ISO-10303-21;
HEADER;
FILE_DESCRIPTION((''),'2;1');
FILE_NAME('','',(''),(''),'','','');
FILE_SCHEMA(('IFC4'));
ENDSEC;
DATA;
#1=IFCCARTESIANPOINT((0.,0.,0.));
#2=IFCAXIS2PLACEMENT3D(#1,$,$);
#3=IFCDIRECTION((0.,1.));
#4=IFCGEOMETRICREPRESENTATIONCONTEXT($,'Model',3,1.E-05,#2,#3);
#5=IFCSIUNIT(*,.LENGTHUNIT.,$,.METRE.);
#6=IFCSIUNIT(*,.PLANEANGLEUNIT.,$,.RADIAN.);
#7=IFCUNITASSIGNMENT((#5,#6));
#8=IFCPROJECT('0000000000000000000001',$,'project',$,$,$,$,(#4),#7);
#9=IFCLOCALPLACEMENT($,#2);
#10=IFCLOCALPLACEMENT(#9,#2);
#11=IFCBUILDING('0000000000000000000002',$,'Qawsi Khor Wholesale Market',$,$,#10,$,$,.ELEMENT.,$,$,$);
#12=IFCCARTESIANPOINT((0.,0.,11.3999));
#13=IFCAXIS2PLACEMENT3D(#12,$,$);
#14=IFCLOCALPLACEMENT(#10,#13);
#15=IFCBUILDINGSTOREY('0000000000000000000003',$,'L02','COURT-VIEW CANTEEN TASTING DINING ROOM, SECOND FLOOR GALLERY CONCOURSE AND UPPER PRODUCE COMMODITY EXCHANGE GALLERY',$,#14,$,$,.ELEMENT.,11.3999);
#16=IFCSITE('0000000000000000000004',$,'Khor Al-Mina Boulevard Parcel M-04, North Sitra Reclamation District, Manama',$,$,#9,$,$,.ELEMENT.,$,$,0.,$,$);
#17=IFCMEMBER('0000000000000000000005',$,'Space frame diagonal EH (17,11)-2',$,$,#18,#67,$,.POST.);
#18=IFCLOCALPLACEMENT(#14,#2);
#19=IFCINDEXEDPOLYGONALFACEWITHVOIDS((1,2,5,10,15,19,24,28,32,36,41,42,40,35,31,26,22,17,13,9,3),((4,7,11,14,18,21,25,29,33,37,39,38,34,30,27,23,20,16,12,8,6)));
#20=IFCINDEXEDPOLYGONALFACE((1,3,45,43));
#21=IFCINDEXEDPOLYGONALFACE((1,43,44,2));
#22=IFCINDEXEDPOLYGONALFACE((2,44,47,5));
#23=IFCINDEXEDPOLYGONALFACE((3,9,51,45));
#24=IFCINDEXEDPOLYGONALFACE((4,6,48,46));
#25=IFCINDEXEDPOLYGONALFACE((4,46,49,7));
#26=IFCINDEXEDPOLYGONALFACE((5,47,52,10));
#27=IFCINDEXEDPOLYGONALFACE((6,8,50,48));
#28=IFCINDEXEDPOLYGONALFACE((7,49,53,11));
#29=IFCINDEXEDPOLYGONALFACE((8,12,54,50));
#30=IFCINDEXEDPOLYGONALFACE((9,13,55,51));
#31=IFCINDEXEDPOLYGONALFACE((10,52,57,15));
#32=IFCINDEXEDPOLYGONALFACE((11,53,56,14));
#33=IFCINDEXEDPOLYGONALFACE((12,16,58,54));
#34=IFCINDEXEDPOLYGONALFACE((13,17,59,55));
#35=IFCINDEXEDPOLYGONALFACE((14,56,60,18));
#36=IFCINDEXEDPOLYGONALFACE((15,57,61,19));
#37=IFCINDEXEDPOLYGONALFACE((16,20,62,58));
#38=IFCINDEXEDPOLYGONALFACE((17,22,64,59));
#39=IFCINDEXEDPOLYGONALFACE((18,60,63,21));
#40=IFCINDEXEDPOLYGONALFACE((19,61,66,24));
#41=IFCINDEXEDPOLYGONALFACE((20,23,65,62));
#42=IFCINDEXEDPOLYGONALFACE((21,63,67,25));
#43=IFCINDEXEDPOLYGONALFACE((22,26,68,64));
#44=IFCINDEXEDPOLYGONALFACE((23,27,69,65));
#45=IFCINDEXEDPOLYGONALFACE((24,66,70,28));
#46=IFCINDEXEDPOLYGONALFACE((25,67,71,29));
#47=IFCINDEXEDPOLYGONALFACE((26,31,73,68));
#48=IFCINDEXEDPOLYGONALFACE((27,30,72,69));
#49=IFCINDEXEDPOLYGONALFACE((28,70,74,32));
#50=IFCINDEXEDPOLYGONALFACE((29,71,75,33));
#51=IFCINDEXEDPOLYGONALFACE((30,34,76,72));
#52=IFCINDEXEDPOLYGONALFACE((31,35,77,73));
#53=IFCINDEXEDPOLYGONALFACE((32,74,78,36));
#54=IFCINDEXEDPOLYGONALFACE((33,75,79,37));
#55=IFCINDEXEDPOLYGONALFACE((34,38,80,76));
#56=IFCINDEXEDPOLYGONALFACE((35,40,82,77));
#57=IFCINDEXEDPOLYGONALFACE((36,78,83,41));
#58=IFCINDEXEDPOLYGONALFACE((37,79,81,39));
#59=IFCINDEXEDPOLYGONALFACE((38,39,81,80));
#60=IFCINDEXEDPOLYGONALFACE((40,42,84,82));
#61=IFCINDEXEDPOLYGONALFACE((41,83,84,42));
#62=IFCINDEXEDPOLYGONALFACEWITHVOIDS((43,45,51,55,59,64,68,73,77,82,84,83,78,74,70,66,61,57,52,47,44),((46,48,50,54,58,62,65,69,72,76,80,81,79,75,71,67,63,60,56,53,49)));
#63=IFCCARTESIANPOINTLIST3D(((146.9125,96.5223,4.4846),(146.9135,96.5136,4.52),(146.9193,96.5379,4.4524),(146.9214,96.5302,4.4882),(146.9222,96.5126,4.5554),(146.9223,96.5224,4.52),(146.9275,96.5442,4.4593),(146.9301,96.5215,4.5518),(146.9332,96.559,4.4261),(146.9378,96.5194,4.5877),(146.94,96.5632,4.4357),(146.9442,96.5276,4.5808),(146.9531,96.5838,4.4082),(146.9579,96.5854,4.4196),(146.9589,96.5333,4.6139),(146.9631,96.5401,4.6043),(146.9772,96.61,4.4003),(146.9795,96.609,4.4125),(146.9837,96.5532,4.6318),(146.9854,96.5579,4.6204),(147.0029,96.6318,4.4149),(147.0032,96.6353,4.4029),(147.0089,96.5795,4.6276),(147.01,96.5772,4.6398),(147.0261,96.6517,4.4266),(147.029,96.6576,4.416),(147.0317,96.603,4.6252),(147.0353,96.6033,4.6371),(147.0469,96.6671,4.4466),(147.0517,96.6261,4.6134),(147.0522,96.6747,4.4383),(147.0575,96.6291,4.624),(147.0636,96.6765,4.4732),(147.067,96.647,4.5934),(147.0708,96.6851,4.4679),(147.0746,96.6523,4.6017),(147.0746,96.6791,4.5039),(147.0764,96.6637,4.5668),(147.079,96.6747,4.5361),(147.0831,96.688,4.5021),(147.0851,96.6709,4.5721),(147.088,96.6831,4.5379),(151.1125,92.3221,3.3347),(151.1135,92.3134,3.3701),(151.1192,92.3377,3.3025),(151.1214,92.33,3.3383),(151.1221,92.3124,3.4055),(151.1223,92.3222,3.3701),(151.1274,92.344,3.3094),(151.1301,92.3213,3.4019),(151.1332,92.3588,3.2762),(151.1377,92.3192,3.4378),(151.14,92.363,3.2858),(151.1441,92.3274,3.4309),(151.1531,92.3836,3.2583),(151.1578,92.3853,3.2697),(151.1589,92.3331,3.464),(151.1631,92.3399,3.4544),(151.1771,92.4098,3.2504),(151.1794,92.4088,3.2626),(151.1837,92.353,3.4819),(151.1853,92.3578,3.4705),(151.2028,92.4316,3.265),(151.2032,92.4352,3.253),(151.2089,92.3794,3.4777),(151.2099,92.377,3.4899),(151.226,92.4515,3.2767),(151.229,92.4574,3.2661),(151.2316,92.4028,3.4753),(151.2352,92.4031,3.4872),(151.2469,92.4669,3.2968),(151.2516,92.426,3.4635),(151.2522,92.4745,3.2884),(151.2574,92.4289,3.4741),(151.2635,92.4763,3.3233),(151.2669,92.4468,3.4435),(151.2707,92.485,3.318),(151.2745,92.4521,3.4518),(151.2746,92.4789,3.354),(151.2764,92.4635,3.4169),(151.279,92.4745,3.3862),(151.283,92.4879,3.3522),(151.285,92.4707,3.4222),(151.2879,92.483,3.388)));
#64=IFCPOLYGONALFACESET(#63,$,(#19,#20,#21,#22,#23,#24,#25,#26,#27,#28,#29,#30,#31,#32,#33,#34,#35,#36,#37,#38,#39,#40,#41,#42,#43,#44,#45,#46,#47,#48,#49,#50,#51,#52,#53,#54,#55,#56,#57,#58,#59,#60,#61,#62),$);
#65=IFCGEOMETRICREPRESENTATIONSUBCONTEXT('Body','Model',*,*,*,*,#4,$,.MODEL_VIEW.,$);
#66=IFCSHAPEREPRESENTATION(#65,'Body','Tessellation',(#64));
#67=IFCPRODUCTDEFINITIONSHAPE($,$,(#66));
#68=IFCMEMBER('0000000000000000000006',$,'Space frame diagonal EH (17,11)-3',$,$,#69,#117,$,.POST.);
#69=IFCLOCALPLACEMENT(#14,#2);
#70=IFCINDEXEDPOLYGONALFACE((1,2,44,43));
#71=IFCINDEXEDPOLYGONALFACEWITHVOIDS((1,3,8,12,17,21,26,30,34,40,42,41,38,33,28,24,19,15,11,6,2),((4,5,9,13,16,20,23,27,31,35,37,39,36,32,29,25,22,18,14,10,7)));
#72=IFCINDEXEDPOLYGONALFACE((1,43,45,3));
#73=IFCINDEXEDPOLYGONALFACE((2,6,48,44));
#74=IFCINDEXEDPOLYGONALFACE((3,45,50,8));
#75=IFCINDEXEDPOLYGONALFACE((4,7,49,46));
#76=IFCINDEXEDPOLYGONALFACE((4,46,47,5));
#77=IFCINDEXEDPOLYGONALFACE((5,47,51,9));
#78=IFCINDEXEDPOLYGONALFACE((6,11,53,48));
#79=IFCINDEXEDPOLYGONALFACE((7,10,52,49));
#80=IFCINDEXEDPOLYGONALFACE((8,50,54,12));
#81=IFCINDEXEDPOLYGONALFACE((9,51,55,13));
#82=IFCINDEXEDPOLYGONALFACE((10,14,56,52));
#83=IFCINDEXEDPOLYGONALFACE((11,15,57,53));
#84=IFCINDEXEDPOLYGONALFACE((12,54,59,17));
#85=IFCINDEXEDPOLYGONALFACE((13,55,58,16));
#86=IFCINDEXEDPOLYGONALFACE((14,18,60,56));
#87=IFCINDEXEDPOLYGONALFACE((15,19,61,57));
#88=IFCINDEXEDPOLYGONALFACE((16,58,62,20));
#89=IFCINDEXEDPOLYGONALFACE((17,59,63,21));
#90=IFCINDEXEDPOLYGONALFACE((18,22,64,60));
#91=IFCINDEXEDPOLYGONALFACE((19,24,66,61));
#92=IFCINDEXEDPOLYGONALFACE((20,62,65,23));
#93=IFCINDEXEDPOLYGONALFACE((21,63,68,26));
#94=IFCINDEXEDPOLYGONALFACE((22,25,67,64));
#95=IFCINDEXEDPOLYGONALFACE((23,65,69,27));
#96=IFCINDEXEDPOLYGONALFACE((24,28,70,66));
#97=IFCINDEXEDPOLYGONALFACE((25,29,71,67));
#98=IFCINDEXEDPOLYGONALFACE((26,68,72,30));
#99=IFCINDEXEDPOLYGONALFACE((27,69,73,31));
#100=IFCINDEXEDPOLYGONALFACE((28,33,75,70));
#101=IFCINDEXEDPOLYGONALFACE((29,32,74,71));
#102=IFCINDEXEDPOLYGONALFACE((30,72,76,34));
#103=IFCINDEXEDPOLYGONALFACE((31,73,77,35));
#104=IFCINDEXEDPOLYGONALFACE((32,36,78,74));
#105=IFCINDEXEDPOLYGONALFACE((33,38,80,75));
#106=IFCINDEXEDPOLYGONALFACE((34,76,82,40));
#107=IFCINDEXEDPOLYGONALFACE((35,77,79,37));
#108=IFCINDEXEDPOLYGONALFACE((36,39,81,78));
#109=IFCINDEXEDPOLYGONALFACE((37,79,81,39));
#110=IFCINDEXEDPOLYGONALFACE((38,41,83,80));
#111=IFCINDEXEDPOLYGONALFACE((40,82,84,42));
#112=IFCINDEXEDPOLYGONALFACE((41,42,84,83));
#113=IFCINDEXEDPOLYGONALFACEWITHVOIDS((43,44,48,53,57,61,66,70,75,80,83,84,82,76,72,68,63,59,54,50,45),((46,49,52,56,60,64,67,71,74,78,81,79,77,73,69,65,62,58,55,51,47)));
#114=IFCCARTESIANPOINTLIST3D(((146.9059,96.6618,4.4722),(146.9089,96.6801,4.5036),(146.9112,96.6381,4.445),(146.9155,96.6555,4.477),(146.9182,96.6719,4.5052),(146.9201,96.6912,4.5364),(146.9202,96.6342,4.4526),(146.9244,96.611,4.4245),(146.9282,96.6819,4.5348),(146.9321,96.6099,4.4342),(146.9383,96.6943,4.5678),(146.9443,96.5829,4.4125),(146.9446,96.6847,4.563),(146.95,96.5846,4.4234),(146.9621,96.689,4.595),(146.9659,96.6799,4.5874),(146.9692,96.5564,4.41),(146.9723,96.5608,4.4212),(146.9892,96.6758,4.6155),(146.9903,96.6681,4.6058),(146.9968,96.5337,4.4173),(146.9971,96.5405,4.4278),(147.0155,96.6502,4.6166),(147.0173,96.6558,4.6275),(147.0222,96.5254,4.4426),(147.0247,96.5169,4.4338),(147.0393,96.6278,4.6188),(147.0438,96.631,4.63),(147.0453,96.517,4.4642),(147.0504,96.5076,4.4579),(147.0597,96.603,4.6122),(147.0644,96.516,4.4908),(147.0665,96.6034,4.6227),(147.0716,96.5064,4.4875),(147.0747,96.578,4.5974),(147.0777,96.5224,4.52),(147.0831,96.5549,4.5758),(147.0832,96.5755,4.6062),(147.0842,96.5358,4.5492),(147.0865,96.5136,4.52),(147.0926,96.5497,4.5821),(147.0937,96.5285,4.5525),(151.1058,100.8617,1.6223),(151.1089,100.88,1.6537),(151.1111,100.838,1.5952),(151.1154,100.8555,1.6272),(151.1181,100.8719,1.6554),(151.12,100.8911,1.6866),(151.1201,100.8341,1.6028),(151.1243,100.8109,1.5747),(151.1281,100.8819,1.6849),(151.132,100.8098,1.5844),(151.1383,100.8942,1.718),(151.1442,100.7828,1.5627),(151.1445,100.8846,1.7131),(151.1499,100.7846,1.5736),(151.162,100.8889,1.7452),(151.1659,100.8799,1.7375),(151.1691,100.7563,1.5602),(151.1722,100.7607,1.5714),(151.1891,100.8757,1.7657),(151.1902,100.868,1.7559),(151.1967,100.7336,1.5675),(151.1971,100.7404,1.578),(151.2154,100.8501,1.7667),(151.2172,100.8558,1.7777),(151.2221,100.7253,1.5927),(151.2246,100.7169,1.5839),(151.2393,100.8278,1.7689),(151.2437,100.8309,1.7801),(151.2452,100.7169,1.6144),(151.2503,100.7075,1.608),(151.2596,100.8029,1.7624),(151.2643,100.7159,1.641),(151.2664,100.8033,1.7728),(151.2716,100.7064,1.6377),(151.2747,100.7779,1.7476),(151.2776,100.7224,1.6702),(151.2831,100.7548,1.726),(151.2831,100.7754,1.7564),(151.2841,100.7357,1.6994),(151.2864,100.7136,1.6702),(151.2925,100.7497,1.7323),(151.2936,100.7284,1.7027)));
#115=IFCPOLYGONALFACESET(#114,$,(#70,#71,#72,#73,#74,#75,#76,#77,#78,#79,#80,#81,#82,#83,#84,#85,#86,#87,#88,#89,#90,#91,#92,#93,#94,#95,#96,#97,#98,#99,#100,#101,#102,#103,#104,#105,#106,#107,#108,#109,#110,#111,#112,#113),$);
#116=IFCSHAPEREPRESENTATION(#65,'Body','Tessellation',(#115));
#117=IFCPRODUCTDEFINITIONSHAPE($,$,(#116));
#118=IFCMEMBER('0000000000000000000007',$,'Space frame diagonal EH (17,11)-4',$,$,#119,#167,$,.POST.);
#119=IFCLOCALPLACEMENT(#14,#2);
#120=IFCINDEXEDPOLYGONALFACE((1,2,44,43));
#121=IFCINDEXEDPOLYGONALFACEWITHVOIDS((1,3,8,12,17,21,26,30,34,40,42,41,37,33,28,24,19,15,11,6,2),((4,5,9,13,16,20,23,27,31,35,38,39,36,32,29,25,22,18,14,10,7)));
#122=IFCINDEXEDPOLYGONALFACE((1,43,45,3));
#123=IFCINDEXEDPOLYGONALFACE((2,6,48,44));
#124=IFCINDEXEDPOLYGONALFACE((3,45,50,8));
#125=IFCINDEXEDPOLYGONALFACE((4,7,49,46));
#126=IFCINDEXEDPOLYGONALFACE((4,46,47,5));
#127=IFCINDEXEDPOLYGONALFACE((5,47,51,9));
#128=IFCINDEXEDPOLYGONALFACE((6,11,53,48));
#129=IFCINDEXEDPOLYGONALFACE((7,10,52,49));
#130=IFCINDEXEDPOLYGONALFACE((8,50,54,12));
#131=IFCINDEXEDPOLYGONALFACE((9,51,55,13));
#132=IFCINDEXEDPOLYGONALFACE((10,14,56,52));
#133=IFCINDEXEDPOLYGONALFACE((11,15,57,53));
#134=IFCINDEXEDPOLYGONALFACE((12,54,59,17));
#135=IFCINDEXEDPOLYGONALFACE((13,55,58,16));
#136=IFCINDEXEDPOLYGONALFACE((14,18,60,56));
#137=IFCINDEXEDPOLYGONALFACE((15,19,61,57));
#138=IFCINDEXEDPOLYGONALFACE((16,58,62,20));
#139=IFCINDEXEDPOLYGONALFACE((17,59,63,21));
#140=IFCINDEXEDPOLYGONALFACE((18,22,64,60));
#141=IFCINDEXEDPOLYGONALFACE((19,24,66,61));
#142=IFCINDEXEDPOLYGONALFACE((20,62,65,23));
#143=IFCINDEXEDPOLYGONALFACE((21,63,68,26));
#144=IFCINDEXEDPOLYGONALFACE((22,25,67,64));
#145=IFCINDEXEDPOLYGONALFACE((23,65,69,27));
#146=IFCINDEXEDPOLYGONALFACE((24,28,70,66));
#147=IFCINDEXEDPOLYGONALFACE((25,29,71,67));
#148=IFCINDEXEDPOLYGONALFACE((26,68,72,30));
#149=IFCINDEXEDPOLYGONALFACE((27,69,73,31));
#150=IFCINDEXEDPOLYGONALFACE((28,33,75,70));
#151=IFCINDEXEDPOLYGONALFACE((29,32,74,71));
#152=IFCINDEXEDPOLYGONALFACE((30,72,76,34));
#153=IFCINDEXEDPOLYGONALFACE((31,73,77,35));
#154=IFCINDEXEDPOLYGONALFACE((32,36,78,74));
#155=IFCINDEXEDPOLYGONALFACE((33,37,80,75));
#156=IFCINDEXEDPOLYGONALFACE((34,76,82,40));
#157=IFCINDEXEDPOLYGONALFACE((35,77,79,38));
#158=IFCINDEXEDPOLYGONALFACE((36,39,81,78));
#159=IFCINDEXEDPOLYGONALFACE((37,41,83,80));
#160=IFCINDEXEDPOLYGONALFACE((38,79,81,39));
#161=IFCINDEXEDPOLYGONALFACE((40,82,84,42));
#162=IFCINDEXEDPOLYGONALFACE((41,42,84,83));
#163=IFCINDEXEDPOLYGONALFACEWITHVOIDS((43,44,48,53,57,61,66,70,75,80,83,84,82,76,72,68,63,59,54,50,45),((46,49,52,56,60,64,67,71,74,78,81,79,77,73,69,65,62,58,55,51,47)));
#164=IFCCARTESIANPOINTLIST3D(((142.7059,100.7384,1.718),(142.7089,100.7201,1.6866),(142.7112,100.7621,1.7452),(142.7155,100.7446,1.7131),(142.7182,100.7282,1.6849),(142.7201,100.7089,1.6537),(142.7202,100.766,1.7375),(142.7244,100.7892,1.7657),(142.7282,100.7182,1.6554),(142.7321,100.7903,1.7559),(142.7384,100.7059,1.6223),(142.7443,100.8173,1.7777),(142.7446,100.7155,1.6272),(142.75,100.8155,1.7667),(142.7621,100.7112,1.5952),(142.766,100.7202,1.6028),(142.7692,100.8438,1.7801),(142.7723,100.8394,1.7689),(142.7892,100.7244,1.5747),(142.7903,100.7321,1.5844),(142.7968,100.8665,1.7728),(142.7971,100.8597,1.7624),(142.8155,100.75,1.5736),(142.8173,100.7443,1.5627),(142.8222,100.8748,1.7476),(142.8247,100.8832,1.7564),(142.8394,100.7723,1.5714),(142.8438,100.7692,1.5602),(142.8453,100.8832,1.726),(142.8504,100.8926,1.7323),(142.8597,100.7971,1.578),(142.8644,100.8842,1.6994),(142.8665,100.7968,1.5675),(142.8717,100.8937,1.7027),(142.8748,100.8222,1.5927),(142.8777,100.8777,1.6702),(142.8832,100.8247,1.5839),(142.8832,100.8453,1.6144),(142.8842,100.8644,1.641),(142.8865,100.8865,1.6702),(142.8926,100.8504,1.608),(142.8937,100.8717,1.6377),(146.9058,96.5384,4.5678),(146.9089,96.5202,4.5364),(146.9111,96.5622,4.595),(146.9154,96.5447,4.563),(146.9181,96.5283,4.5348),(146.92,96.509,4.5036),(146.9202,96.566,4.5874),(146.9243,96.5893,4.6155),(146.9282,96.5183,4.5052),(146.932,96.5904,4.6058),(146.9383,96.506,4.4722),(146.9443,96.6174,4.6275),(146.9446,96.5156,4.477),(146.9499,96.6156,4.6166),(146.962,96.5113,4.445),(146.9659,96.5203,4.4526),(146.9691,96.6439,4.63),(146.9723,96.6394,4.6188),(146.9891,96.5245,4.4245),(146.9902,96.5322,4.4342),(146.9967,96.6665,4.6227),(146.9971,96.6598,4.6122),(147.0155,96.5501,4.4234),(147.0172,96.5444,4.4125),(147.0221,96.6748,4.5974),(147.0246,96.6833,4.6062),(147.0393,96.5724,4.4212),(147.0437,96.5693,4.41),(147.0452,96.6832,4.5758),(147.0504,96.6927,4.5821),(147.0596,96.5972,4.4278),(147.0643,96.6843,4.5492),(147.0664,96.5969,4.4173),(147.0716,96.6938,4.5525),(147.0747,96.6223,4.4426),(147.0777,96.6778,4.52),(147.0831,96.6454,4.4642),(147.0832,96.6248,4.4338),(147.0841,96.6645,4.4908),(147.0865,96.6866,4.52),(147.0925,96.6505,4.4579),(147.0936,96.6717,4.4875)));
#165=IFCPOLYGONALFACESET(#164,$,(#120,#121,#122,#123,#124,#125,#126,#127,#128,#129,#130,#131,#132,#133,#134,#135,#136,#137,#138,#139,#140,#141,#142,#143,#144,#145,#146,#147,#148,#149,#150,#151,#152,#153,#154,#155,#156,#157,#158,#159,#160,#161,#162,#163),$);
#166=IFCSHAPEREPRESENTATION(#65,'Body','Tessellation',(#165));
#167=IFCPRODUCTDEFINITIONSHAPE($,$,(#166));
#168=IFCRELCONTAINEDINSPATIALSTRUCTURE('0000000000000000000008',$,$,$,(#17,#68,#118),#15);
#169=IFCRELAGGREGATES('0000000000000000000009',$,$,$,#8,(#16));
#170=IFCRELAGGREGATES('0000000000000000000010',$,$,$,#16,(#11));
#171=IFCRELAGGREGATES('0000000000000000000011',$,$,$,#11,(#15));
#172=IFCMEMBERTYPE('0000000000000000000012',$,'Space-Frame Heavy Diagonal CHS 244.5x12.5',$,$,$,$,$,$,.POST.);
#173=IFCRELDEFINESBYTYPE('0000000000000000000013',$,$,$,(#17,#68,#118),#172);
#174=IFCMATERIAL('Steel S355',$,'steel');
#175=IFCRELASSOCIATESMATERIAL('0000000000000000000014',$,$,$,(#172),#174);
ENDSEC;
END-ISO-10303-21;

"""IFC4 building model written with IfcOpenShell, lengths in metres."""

from ifc_helpers import new_model, si_unit, direction, frame, origin, origin_2d, place, context, subcontext, project, spatial, hollow_circle, extrude, material, material_profile, profile_set, type_object, element, save


model = new_model("IFC4")

# Units and contexts
model_context = context("Model", 3, precision=1e-05, world=origin(), true_north=direction((0.0, 1.0)))
body_context = subcontext(model_context, "Body", "Model", "MODEL_VIEW")
ifc_project = project(units=[si_unit("LENGTHUNIT", "METRE"), si_unit("PLANEANGLEUNIT", "RADIAN")], contexts=[model_context])

# Site, building, storey
site_placement = place(None, origin())
site = spatial("IfcSite", under=ifc_project, at=site_placement, Name="Khor Al-Mina Boulevard Parcel M-04, North Sitra Reclamation District, Manama", CompositionType="ELEMENT", RefElevation=0.0)
building_placement = place(site_placement, origin())
building = spatial("IfcBuilding", under=site, at=building_placement, Name="Qawsi Khor Wholesale Market", CompositionType="ELEMENT")
storey_placement = place(building_placement, frame((0.0, 0.0, 11.3999)))
storey = spatial("IfcBuildingStorey", under=building, at=storey_placement, Name="L02", Description="COURT-VIEW CANTEEN TASTING DINING ROOM, SECOND FLOOR GALLERY CONCOURSE AND UPPER PRODUCE COMMODITY EXCHANGE GALLERY", CompositionType="ELEMENT", Elevation=11.3999)

# Shared definitions
ifc_material_1 = material(Name="Steel S355", Category="steel")

# Members
ifc_material_profile_1 = material_profile(ifc_material_1, hollow_circle(Radius=0.1223, WallThickness=0.0125, at=origin_2d()), Name="CHS 244.5x12.5")
ifc_profile_set_1 = profile_set([ifc_material_profile_1], Name="Steel S355")
member_type_1 = type_object("IfcMemberType", Name="Space-Frame Heavy Diagonal CHS 244.5x12.5", PredefinedType="POST", material=ifc_profile_set_1)
for number, where, z_axis, x_axis, name in (
    (1, (151.2, 92.3999, 3.3701), (-0.694197, 0.694238, 0.190064), (-0.707127, -0.707086, 0.0), "Space frame diagonal EH (17,11)-2"),
):
    element("IfcMember", number, at=place(storey_placement, frame(where, z_axis=z_axis, x_axis=x_axis)), inside=storey, type_object=member_type_1, Name=name, PredefinedType="POST", context=body_context, shape_type="SweptSolid", body=[
        extrude(hollow_circle(Radius=0.1223, WallThickness=0.0125, at=origin_2d()), origin(), (0.0, 0.0, 1.0), 6.05),
    ])
for number, where, z_axis, x_axis, name in (
    (2, (151.2, 100.8, 1.6702), (-0.637522, -0.637522, 0.432587), (0.707107, -0.707107, 0.0), "Space frame diagonal EH (17,11)-3"),
    (3, (142.8, 100.8, 1.6702), (0.637522, -0.637522, 0.432587), (0.707107, 0.707107, 0.0), "Space frame diagonal EH (17,11)-4"),
):
    element("IfcMember", number, at=place(storey_placement, frame(where, z_axis=z_axis, x_axis=x_axis)), inside=storey, type_object=member_type_1, Name=name, PredefinedType="POST", context=body_context, shape_type="SweptSolid", body=[
        extrude(hollow_circle(Radius=0.1223, WallThickness=0.0125, at=origin_2d()), origin(), (0.0, 0.0, 1.0), 6.5879),
    ])

save(model, "model.ifc")
